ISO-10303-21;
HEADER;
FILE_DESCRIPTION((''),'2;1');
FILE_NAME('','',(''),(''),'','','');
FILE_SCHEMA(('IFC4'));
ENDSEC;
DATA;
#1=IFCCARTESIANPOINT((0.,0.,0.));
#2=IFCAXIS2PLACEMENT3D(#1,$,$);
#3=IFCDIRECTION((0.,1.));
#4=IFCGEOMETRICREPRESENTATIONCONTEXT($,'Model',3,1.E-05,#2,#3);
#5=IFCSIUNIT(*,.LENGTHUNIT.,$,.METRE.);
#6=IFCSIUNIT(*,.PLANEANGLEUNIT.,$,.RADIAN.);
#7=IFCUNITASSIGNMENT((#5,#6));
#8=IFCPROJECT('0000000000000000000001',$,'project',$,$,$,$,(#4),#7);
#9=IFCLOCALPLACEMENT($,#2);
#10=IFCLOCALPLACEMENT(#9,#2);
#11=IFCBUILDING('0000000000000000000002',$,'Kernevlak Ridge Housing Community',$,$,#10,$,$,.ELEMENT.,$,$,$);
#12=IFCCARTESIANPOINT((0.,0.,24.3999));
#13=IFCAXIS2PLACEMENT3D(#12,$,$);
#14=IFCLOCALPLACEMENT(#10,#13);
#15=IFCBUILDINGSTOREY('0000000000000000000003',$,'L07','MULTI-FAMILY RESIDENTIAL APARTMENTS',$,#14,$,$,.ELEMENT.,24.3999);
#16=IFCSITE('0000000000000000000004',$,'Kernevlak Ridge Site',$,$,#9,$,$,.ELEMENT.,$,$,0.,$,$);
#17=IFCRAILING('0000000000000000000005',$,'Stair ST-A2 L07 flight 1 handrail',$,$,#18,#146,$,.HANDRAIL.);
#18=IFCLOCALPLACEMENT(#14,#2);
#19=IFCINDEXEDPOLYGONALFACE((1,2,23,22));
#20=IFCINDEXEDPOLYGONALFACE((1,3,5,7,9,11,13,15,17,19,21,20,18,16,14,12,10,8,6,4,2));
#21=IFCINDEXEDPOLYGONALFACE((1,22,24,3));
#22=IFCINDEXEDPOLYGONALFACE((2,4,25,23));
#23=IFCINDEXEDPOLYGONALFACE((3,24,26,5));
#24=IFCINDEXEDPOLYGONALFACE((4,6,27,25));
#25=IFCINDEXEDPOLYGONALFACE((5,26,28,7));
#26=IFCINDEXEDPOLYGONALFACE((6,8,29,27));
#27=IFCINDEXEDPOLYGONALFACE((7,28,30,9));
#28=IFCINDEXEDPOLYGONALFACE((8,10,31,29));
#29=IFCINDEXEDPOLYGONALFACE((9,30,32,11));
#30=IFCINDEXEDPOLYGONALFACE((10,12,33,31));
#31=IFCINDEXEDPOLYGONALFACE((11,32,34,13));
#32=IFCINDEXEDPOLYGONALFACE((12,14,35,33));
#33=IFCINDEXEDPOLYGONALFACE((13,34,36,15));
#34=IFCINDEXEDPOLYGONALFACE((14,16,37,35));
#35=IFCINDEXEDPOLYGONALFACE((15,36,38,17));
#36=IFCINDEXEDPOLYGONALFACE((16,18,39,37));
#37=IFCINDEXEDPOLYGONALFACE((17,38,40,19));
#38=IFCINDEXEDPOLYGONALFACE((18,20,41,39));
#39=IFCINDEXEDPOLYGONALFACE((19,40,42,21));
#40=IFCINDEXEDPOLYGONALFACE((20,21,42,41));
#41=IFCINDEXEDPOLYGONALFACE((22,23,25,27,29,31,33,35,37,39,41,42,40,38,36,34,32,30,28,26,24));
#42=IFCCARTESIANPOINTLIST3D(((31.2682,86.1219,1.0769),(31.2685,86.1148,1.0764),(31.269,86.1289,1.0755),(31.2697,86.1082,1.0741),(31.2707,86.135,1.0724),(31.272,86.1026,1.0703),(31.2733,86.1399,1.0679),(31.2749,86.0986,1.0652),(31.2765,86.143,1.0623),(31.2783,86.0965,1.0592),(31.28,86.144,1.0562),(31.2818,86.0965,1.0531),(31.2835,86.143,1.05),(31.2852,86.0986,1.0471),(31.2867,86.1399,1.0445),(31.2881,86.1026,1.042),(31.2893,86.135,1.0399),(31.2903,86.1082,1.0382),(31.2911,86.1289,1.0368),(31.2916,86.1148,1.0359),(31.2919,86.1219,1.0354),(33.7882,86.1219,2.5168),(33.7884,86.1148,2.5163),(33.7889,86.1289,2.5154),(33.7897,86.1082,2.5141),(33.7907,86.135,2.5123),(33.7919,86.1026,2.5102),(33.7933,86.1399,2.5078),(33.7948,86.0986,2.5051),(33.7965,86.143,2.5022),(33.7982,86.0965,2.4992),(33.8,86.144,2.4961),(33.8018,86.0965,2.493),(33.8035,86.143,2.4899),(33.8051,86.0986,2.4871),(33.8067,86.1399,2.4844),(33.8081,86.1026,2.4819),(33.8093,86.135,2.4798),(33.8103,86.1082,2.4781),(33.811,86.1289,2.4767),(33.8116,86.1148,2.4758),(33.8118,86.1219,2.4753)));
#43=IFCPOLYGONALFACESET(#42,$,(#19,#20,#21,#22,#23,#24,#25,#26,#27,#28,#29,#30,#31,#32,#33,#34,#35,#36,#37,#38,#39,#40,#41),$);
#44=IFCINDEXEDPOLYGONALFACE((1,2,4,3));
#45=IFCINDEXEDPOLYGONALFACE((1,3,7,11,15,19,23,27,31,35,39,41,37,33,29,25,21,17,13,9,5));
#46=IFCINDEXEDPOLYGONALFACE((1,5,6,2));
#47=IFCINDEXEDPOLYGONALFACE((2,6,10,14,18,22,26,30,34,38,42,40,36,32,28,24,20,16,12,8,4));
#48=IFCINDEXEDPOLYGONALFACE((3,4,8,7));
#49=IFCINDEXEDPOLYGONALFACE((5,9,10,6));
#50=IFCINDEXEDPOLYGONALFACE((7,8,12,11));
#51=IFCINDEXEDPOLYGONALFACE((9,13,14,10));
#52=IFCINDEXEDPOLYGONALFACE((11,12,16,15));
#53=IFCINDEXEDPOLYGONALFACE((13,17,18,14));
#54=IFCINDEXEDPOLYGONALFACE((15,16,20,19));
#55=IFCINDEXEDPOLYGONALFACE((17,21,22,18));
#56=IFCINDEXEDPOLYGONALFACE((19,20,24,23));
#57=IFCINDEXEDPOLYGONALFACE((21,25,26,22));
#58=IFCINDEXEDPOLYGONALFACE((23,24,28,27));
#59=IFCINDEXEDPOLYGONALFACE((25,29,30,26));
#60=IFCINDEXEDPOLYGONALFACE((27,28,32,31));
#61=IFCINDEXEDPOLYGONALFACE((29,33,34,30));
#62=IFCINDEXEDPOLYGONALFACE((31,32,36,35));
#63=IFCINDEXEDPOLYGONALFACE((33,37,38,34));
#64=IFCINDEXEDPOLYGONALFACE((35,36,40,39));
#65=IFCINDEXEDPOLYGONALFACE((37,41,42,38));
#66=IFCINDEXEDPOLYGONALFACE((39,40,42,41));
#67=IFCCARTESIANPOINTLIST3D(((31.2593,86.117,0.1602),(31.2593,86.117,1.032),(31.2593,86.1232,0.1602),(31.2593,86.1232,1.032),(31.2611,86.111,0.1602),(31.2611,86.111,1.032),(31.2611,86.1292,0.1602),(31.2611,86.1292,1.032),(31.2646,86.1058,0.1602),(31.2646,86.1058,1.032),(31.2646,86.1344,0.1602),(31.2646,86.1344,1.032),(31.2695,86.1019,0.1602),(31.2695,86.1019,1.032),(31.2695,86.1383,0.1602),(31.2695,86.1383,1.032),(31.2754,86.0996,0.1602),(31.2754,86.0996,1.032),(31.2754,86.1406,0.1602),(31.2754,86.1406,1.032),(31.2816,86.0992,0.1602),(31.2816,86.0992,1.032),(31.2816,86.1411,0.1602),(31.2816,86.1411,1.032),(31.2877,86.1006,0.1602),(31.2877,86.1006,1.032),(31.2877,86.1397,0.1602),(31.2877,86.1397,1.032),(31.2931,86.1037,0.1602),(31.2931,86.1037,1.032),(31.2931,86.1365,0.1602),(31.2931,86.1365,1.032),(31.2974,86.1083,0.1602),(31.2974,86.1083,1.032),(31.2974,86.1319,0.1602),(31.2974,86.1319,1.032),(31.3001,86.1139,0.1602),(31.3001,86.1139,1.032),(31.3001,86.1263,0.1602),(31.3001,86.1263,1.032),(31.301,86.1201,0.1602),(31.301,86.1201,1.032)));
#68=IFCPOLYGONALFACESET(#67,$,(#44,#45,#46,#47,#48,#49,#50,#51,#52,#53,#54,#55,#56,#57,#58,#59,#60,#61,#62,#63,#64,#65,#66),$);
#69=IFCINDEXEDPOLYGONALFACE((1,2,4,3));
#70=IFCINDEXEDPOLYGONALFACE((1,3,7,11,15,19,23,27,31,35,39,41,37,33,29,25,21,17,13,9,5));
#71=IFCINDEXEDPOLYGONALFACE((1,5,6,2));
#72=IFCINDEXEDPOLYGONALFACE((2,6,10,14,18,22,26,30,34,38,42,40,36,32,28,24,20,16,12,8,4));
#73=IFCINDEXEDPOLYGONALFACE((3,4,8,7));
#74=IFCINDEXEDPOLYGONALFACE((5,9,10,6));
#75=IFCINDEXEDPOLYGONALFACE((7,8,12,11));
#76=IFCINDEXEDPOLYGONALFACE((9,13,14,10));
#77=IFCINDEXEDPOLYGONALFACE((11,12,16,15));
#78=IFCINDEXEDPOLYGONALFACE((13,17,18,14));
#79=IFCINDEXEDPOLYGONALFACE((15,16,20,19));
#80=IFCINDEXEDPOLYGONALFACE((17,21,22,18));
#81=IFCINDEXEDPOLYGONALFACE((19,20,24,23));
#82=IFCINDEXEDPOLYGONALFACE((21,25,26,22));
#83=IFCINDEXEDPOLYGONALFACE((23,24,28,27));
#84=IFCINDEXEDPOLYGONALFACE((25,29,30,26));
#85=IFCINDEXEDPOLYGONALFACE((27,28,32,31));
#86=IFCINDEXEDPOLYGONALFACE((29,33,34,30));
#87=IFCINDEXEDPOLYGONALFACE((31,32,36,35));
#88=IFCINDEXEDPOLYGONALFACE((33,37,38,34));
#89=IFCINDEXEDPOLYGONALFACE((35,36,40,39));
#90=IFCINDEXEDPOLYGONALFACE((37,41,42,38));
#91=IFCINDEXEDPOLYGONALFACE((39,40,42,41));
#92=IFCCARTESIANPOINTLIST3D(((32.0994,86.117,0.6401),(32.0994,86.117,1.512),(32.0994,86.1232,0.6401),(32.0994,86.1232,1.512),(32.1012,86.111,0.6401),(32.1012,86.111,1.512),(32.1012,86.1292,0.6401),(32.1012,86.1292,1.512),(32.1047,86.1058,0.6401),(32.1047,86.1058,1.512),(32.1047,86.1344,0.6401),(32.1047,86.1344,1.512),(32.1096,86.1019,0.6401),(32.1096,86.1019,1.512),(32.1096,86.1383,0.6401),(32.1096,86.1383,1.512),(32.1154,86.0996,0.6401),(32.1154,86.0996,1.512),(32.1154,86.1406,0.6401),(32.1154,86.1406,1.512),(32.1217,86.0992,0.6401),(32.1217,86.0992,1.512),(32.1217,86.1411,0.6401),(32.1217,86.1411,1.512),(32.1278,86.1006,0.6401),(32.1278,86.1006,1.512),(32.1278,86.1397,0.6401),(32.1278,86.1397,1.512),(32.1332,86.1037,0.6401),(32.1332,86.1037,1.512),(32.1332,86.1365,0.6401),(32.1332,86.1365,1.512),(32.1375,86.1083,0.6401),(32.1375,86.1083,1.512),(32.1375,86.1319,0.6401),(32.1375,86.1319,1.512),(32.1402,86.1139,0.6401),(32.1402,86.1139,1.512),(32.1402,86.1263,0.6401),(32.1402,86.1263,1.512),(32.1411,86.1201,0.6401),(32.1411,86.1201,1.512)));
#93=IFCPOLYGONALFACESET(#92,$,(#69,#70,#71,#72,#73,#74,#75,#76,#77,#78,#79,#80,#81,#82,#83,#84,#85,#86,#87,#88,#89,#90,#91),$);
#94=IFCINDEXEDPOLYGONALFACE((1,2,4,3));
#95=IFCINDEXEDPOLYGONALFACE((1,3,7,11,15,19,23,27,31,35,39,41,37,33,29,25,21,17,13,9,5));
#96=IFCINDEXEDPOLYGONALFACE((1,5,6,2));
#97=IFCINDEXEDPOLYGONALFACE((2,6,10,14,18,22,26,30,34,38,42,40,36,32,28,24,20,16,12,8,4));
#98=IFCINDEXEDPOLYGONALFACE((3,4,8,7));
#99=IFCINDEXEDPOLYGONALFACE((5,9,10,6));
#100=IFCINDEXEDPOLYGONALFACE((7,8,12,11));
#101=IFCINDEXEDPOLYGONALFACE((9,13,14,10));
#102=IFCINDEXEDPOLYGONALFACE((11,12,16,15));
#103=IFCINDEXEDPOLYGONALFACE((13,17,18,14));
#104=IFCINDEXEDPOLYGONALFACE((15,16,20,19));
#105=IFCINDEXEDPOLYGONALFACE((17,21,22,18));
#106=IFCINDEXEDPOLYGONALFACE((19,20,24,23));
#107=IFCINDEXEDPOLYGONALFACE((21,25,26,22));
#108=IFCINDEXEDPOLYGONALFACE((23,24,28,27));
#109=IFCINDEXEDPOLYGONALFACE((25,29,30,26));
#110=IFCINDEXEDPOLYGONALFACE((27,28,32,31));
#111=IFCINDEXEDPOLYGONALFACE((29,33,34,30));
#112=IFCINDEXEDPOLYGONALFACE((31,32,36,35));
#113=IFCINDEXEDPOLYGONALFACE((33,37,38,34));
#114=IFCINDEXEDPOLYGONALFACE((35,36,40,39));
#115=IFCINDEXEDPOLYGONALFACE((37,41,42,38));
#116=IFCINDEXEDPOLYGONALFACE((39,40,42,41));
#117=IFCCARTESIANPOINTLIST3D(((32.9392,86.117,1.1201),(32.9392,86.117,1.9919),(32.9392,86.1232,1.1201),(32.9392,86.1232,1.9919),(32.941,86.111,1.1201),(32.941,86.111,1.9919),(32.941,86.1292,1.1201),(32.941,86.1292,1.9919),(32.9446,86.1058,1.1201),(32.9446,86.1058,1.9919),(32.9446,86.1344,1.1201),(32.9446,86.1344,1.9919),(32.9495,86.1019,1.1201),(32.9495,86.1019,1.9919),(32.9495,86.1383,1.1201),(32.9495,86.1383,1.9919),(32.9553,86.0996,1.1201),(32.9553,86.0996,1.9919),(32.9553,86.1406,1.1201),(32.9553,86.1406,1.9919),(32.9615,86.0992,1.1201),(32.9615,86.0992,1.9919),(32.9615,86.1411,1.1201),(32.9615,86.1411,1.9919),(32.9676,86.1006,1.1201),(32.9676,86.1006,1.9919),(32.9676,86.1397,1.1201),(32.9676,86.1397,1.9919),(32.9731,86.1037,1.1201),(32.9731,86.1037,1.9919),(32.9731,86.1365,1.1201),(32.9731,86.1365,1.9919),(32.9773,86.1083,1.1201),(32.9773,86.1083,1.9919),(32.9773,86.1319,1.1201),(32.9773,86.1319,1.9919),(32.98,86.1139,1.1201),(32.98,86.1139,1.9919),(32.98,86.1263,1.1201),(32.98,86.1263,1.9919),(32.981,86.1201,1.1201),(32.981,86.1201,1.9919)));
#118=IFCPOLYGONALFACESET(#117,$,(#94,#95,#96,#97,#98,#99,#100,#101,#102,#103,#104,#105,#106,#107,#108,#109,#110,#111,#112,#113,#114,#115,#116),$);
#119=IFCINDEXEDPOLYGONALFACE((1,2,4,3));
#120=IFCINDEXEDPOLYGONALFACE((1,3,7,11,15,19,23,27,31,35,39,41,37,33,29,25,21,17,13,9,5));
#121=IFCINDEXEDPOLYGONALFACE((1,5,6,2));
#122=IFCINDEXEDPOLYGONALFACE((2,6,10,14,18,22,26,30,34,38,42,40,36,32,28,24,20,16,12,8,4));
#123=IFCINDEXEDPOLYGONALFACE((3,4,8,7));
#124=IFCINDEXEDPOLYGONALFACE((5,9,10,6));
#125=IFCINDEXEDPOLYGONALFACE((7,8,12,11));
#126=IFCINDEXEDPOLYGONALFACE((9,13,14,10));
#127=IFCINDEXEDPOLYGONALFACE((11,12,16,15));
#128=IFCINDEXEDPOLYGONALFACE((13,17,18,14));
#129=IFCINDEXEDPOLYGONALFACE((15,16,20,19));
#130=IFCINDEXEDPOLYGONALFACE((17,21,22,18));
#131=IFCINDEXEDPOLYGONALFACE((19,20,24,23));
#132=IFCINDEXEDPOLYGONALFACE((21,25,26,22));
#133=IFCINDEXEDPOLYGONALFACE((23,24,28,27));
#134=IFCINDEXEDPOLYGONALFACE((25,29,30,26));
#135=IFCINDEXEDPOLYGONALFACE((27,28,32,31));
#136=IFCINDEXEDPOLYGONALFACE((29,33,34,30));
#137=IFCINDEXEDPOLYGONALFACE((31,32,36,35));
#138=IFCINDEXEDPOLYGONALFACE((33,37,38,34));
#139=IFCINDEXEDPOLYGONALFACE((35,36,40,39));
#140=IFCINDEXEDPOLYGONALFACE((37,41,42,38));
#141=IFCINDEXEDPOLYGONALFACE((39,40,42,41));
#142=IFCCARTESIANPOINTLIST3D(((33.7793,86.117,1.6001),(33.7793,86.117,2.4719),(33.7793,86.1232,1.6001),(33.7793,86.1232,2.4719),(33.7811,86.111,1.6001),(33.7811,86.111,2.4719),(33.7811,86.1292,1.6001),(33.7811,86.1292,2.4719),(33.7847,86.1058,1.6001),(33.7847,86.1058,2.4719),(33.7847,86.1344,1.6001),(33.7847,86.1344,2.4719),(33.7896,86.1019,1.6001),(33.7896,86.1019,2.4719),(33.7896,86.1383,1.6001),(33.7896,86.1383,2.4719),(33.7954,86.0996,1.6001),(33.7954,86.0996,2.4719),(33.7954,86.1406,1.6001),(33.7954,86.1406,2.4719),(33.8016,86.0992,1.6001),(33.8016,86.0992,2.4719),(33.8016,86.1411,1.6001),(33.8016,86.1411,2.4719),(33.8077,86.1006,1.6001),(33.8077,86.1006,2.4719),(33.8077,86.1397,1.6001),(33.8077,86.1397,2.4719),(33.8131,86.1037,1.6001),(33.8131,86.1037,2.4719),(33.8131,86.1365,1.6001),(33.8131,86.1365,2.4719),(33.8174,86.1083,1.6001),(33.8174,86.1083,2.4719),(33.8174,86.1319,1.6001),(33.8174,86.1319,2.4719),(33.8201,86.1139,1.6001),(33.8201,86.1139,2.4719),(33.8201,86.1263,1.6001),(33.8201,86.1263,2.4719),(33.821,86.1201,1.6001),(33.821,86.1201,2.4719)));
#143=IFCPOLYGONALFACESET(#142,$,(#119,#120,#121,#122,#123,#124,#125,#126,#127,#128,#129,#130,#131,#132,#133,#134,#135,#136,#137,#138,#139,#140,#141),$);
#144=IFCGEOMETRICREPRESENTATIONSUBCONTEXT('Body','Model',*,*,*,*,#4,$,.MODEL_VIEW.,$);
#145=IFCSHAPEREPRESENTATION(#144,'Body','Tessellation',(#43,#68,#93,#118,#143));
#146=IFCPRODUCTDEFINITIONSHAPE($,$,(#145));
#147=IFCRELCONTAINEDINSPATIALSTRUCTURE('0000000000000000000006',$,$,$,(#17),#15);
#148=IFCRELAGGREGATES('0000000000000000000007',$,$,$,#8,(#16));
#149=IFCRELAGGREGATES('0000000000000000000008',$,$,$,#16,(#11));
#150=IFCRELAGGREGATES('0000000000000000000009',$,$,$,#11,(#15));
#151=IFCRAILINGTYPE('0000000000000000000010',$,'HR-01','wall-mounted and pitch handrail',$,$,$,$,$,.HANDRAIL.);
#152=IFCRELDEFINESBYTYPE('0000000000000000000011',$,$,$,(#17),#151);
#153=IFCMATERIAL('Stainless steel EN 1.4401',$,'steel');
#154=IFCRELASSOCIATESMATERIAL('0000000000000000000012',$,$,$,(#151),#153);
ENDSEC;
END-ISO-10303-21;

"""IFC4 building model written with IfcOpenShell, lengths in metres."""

from ifc_helpers import new_model, si_unit, direction, frame, origin, origin_2d, place, context, subcontext, project, spatial, circle, extrude, material, type_object, element, save


model = new_model("IFC4")

# Units and contexts
model_context = context("Model", 3, precision=1e-05, world=origin(), true_north=direction((0.0, 1.0)))
body_context = subcontext(model_context, "Body", "Model", "MODEL_VIEW")
ifc_project = project(units=[si_unit("LENGTHUNIT", "METRE"), si_unit("PLANEANGLEUNIT", "RADIAN")], contexts=[model_context])

# Site, building, storey
site_placement = place(None, origin())
site = spatial("IfcSite", under=ifc_project, at=site_placement, Name="Kernevlak Ridge Site", CompositionType="ELEMENT", RefElevation=0.0)
building_placement = place(site_placement, origin())
building = spatial("IfcBuilding", under=site, at=building_placement, Name="Kernevlak Ridge Housing Community", CompositionType="ELEMENT")
storey_placement = place(building_placement, frame((0.0, 0.0, 24.3999)))
storey = spatial("IfcBuildingStorey", under=building, at=storey_placement, Name="L07", Description="MULTI-FAMILY RESIDENTIAL APARTMENTS", CompositionType="ELEMENT", Elevation=24.3999)

# Railing
ifc_material_1 = material(Name="Stainless steel EN 1.4401", Category="steel")
railing_type_1 = type_object("IfcRailingType", Name="HR-01", Description="wall-mounted and pitch handrail", PredefinedType="HANDRAIL", material=ifc_material_1)
railing_1_placement = place(storey_placement, frame((31.28, 86.1201, 0.1602)))
element("IfcRailing", 1, at=railing_1_placement, inside=storey, type_object=railing_type_1, Name="Stair ST-A2 L07 flight 1 handrail", PredefinedType="HANDRAIL", context=body_context, shape_type="SweptSolid", body=[
    extrude(circle(Radius=0.0239, at=origin_2d()), frame((0.0, 0.0, 0.896), z_axis=(0.868253, 0.0, 0.496121), x_axis=(0.0, 1.0, 0.0)), (0.0, 0.0, 1.0), 2.9023),
    extrude(circle(Radius=0.021, at=origin_2d()), origin(), (0.0, 0.0, 1.0), 0.8718),
    extrude(circle(Radius=0.021, at=origin_2d()), frame((0.8401, 0.0, 0.48)), (0.0, 0.0, 1.0), 0.8718),
    extrude(circle(Radius=0.021, at=origin_2d()), frame((1.6799, 0.0, 0.96)), (0.0, 0.0, 1.0), 0.8718),
    extrude(circle(Radius=0.021, at=origin_2d()), frame((2.52, 0.0, 1.4399)), (0.0, 0.0, 1.0), 0.8718),
])

save(model, "model.ifc")
